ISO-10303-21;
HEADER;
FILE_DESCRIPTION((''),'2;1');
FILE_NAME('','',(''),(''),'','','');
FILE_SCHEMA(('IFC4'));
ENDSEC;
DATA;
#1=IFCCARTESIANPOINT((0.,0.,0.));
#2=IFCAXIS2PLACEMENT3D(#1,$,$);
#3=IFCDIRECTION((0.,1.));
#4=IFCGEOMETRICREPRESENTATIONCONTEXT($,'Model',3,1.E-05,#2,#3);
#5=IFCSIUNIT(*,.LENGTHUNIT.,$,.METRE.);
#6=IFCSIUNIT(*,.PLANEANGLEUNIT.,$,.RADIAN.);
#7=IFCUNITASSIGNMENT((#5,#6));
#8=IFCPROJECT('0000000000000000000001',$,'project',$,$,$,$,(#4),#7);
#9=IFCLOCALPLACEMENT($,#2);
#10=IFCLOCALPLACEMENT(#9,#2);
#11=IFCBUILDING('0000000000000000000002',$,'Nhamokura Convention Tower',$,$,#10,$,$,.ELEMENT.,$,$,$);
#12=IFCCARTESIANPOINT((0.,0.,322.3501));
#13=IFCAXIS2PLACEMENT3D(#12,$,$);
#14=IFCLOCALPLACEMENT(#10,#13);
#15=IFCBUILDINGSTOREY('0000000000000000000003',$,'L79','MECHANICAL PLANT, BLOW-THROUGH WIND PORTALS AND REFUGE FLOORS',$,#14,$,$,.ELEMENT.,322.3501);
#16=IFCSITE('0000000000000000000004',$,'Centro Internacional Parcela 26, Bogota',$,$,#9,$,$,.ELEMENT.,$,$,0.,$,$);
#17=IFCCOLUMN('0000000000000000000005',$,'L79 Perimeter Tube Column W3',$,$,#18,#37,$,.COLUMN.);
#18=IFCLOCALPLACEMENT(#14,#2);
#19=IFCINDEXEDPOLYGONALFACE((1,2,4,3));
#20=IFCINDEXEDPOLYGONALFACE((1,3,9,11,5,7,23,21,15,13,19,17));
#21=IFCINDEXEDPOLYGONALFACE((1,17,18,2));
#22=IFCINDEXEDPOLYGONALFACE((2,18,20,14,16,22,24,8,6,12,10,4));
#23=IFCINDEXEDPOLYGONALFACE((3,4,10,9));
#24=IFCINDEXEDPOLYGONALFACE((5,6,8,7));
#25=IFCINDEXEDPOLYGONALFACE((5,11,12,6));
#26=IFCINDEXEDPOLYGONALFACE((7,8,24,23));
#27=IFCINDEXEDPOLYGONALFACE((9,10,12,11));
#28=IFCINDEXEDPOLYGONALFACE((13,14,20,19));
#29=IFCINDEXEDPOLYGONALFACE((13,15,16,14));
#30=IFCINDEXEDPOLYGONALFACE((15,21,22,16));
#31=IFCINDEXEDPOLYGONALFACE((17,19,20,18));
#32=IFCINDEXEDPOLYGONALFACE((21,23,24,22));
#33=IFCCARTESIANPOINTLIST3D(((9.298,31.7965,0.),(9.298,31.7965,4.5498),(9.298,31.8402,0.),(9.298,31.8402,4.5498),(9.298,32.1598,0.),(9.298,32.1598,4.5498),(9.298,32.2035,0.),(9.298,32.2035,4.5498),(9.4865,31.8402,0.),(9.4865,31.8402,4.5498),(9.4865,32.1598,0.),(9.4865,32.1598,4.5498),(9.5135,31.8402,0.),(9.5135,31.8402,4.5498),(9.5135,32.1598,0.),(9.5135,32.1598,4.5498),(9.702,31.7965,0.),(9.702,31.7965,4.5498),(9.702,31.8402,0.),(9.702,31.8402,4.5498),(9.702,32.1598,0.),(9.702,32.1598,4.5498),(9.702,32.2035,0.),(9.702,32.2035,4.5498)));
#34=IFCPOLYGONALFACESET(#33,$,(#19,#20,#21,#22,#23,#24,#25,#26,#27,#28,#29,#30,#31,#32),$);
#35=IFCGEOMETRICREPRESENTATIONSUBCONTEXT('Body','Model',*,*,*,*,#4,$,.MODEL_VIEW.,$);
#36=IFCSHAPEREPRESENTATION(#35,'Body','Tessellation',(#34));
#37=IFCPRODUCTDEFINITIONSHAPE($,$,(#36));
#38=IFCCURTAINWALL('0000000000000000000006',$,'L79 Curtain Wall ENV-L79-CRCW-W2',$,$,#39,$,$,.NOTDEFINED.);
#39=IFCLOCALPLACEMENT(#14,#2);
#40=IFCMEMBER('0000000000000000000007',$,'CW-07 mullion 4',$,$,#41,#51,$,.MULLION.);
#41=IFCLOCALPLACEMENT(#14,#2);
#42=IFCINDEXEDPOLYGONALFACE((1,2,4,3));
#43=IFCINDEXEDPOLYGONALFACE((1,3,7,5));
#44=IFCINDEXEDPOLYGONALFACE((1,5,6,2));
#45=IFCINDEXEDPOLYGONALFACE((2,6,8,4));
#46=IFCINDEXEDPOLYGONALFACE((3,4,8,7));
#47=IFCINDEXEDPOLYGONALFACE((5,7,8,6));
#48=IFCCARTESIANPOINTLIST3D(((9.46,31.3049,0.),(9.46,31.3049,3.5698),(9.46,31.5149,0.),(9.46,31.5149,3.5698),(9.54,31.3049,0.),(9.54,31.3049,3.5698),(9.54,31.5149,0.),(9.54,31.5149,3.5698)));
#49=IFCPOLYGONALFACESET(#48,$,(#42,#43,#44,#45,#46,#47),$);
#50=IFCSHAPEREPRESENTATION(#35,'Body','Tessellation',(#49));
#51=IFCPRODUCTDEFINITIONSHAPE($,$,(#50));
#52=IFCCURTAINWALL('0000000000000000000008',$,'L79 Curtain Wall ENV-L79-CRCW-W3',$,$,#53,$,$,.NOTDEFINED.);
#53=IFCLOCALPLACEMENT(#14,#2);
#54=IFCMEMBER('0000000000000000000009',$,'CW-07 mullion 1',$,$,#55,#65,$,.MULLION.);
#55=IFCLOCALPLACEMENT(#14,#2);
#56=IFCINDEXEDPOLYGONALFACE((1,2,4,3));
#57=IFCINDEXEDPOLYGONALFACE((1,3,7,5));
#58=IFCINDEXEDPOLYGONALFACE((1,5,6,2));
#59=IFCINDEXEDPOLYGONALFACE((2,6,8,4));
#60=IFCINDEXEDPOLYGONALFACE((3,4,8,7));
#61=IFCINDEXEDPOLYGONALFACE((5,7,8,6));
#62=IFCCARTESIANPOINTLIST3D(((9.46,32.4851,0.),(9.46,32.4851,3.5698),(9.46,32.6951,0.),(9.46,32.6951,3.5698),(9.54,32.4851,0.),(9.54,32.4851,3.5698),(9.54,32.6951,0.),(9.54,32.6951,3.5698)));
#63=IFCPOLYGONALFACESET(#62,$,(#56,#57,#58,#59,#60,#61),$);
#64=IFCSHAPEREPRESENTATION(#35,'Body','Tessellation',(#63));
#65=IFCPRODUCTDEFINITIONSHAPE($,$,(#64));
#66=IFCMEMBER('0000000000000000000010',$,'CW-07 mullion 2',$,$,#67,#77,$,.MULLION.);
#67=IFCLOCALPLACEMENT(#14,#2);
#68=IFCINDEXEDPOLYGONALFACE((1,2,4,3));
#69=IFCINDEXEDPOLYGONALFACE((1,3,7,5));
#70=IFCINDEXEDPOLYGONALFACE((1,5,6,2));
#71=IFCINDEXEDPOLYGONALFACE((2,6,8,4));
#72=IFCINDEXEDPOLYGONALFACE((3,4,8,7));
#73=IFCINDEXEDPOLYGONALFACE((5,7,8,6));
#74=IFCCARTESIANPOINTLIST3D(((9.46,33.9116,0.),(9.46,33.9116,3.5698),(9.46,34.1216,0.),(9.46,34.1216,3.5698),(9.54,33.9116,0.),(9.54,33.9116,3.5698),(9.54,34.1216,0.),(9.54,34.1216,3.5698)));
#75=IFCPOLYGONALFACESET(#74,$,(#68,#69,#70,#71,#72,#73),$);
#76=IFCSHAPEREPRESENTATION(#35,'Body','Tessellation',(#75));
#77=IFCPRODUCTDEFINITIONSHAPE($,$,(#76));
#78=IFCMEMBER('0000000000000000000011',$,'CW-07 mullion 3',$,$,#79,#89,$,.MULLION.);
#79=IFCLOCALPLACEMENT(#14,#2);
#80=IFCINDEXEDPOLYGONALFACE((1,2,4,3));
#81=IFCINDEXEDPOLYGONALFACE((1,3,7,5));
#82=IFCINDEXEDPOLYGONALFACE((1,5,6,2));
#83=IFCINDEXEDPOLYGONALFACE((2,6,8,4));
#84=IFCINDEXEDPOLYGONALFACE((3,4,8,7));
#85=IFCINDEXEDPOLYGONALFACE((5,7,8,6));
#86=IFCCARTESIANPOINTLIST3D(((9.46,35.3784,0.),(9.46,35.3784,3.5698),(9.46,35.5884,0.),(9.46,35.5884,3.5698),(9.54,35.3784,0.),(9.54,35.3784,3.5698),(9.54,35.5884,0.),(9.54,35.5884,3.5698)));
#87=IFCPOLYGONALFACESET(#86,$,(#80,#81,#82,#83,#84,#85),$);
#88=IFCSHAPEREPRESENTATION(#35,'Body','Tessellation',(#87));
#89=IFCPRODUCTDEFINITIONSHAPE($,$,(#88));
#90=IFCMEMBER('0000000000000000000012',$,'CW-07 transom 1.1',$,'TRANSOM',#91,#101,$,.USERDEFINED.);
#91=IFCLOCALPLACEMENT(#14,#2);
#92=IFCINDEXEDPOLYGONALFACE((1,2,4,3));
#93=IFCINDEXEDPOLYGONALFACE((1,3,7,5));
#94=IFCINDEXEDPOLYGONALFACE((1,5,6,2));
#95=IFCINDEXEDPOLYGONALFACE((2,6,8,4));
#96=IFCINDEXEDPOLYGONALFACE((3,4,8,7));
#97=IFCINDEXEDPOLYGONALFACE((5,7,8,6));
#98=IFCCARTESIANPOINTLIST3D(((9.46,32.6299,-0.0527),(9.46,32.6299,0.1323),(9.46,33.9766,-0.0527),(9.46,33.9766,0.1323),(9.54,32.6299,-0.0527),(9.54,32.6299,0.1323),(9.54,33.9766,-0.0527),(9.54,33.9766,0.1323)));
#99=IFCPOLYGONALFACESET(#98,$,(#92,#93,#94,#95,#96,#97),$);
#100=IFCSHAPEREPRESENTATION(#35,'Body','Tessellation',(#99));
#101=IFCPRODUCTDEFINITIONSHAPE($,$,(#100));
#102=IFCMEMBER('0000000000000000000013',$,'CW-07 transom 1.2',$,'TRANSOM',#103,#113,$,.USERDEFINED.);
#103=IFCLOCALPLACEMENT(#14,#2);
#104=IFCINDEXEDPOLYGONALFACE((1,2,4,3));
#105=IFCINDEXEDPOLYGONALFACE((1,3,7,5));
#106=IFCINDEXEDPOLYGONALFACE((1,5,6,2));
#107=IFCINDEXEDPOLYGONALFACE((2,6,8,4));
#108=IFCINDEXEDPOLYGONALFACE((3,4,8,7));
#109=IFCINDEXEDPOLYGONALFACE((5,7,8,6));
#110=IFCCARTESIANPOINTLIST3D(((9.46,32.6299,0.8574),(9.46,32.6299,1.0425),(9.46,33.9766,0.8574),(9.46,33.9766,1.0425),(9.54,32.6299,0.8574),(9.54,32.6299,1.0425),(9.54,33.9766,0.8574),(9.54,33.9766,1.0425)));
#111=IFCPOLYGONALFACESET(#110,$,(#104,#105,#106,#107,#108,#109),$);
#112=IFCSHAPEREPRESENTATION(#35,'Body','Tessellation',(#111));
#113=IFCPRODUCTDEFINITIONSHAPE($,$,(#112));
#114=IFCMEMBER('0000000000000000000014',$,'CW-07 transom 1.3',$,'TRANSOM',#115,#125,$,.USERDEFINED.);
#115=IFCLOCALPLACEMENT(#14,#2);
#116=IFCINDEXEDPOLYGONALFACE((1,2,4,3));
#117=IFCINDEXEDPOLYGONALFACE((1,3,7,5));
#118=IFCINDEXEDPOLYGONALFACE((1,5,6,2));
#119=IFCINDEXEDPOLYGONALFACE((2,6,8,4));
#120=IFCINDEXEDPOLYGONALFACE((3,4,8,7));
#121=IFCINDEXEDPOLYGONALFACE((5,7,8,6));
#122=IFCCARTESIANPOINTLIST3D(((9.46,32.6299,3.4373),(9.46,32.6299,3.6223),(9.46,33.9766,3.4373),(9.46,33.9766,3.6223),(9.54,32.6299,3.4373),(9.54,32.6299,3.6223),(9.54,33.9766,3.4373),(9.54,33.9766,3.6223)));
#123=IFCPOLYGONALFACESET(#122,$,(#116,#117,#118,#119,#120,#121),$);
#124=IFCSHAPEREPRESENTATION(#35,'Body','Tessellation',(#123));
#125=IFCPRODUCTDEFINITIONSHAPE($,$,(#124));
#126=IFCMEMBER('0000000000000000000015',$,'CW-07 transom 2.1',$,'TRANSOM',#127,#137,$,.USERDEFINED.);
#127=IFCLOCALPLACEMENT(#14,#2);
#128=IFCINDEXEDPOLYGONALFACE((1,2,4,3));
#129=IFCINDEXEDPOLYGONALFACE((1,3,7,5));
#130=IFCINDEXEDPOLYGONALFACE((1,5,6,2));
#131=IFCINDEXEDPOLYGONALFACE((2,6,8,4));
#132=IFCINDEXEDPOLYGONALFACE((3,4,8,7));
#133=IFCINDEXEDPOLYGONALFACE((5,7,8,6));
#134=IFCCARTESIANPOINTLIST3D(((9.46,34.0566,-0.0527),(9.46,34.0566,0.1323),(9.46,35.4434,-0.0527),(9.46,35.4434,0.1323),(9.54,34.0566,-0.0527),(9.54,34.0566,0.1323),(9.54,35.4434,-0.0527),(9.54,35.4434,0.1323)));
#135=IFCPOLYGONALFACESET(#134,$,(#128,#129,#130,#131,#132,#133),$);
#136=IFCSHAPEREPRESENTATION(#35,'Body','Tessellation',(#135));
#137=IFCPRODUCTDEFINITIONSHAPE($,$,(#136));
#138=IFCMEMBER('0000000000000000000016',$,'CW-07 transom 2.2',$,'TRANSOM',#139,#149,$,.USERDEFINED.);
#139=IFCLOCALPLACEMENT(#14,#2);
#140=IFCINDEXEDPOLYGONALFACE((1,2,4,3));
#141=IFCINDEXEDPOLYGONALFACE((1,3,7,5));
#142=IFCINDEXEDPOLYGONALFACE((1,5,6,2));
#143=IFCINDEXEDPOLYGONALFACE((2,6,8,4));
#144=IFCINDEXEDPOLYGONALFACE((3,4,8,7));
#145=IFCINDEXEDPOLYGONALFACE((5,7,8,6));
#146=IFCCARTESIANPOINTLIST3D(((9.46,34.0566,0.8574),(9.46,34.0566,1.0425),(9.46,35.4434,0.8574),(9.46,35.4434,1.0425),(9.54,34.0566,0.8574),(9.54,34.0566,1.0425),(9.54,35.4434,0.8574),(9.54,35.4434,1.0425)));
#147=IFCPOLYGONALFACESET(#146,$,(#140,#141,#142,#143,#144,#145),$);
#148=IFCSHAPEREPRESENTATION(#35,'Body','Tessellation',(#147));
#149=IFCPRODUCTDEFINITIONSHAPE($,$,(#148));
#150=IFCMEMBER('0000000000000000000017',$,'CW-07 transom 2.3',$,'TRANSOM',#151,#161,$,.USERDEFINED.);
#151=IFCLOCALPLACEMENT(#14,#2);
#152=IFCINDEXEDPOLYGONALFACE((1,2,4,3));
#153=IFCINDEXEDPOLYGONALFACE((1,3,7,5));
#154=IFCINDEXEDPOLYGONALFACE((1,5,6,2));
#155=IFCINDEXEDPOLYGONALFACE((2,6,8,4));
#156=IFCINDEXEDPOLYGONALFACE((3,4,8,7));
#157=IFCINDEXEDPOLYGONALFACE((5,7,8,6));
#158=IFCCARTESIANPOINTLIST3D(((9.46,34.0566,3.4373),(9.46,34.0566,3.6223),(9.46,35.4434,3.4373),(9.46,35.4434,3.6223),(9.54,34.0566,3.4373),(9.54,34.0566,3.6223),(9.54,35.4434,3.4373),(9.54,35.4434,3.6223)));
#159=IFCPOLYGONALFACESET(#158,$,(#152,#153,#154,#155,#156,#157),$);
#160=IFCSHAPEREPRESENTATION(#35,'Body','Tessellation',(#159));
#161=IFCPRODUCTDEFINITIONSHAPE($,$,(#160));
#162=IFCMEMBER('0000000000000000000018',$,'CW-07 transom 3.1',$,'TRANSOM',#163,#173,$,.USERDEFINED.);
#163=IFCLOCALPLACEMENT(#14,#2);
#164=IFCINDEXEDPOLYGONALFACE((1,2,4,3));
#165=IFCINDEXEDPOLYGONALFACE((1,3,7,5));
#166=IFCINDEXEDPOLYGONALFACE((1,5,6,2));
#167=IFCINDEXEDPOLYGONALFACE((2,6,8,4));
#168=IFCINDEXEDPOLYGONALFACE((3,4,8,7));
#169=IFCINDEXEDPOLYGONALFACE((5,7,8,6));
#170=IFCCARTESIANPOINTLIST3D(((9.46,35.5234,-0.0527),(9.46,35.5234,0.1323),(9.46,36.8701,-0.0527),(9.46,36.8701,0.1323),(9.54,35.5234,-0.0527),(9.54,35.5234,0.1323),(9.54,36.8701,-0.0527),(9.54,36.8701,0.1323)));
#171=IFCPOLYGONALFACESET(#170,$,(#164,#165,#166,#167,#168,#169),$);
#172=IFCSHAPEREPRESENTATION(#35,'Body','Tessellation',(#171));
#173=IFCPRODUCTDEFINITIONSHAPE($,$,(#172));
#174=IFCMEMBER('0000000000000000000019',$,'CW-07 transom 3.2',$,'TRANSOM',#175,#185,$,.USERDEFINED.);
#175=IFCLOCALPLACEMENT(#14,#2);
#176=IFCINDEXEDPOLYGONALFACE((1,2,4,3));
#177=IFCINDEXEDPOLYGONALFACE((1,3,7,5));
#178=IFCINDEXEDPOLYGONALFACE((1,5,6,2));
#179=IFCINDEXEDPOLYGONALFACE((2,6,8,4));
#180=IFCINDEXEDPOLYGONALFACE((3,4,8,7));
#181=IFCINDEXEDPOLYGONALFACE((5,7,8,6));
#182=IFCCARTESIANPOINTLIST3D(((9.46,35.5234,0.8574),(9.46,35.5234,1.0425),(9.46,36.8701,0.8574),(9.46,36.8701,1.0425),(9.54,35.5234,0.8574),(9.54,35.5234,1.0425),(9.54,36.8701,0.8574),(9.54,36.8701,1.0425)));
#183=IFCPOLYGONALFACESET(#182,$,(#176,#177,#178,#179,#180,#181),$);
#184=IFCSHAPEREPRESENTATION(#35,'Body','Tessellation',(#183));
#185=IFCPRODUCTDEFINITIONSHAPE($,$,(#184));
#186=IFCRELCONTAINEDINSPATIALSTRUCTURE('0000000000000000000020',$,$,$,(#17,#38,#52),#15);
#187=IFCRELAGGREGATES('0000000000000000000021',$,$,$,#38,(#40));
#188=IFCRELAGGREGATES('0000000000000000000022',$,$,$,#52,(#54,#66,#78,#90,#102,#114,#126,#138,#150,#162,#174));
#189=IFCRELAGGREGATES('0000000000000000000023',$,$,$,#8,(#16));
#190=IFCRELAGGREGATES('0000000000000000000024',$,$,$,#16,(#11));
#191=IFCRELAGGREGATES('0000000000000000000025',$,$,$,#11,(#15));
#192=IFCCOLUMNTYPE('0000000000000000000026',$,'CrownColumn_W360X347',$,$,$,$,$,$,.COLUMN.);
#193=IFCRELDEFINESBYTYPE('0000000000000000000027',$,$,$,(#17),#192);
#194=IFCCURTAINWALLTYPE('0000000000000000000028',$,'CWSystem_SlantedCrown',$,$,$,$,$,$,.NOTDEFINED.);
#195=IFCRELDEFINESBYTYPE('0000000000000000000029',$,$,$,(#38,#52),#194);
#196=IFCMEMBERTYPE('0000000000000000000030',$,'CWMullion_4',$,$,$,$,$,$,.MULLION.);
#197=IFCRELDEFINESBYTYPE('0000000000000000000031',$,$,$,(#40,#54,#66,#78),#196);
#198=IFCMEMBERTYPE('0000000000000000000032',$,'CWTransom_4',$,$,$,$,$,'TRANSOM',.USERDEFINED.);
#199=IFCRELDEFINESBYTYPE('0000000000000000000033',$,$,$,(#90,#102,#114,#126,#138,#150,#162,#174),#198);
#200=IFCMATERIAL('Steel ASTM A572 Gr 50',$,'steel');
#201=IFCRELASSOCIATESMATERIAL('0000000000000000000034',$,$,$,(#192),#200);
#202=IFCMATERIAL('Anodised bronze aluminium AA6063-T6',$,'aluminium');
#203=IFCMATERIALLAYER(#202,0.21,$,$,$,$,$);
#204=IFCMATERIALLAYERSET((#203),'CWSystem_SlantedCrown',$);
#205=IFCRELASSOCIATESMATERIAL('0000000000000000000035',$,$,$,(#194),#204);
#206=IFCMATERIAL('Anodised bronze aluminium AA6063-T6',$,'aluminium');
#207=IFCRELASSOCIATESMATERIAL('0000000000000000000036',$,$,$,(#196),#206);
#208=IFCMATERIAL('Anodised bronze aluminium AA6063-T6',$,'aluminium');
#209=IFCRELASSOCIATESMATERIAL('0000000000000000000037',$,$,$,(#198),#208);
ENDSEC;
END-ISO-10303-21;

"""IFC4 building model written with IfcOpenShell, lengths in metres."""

from ifc_helpers import new_model, si_unit, direction, frame, origin, origin_2d, place, context, subcontext, project, spatial, rectangle, i_section, extrude, material, layer, layer_set, material_profile, profile_set, type_object, element, aggregate, save


model = new_model("IFC4")

# Units and contexts
model_context = context("Model", 3, precision=1e-05, world=origin(), true_north=direction((0.0, 1.0)))
body_context = subcontext(model_context, "Body", "Model", "MODEL_VIEW")
ifc_project = project(units=[si_unit("LENGTHUNIT", "METRE"), si_unit("PLANEANGLEUNIT", "RADIAN")], contexts=[model_context])

# Site, building, storey
site_placement = place(None, origin())
site = spatial("IfcSite", under=ifc_project, at=site_placement, Name="Centro Internacional Parcela 26, Bogota", CompositionType="ELEMENT", RefElevation=0.0)
building_placement = place(site_placement, origin())
building = spatial("IfcBuilding", under=site, at=building_placement, Name="Nhamokura Convention Tower", CompositionType="ELEMENT")
storey_placement = place(building_placement, frame((0.0, 0.0, 322.3501)))
storey = spatial("IfcBuildingStorey", under=building, at=storey_placement, Name="L79", Description="MECHANICAL PLANT, BLOW-THROUGH WIND PORTALS AND REFUGE FLOORS", CompositionType="ELEMENT", Elevation=322.3501)

# Column
ifc_material_1 = material(Name="Steel ASTM A572 Gr 50", Category="steel")
ifc_material_profile_1 = material_profile(ifc_material_1, i_section(OverallWidth=0.4041, OverallDepth=0.407, WebThickness=0.0271, FlangeThickness=0.0437, at=origin_2d()))
ifc_profile_set_1 = profile_set([ifc_material_profile_1], Name="Steel ASTM A572 Gr 50")
column_type = type_object("IfcColumnType", Name="CrownColumn_W360X347", PredefinedType="COLUMN", material=ifc_profile_set_1)
column_placement = place(storey_placement, frame((9.5, 32.0, 0.0), z_axis=(0.0, 0.0, 1.0), x_axis=(1.0, 0.0, 0.0)))
element("IfcColumn", 1, at=column_placement, inside=storey, type_object=column_type, Name="L79 Perimeter Tube Column W3", PredefinedType="COLUMN", context=body_context, shape_type="SweptSolid", body=[
    extrude(i_section(OverallWidth=0.4041, OverallDepth=0.407, WebThickness=0.0271, FlangeThickness=0.0437, at=origin_2d()), origin(), (0.0, 0.0, 1.0), 4.5498),
])

# Curtain wall, member
ifc_material_2 = material(Name="Anodised bronze aluminium AA6063-T6", Category="aluminium")
ifc_layer_1 = layer(ifc_material_2, 0.21)
ifc_layer_set_1 = layer_set([ifc_layer_1], Name="CWSystem_SlantedCrown")
curtain_wall_type = type_object("IfcCurtainWallType", Name="CWSystem_SlantedCrown", PredefinedType="NOTDEFINED", material=ifc_layer_set_1)
curtain_wall_1_placement = place(storey_placement, origin())
curtain_wall_1 = element("IfcCurtainWall", 2, at=curtain_wall_1_placement, inside=storey, type_object=curtain_wall_type, Name="L79 Curtain Wall ENV-L79-CRCW-W2", PredefinedType="NOTDEFINED")
ifc_material_3 = material(Name="Anodised bronze aluminium AA6063-T6", Category="aluminium")
ifc_material_profile_2 = material_profile(ifc_material_3, rectangle(XDim=0.0801, YDim=0.21, at=origin_2d()))
ifc_profile_set_2 = profile_set([ifc_material_profile_2], Name="Anodised bronze aluminium AA6063-T6")
member_type_1 = type_object("IfcMemberType", Name="CWMullion_4", PredefinedType="MULLION", material=ifc_profile_set_2)
member_1_placement = place(storey_placement, frame((9.5, 31.4099, 0.0), z_axis=(0.0, 0.0, 1.0), x_axis=(-1.0, 0.0, 0.0)))
member_1 = element("IfcMember", 3, at=member_1_placement, type_object=member_type_1, Name="CW-07 mullion 4", PredefinedType="MULLION", context=body_context, shape_type="SweptSolid", body=[
    extrude(rectangle(XDim=0.0801, YDim=0.21, at=origin_2d()), origin(), (0.0, 0.0, 1.0), 3.5698),
])

# Curtain wall, members
curtain_wall_2_placement = place(storey_placement, origin())
curtain_wall_2 = element("IfcCurtainWall", 4, at=curtain_wall_2_placement, inside=storey, type_object=curtain_wall_type, Name="L79 Curtain Wall ENV-L79-CRCW-W3", PredefinedType="NOTDEFINED")
member_2_placement = place(storey_placement, frame((9.5, 32.5901, 0.0), z_axis=(0.0, 0.0, 1.0), x_axis=(-1.0, 0.0, 0.0)))
member_2 = element("IfcMember", 5, at=member_2_placement, type_object=member_type_1, Name="CW-07 mullion 1", PredefinedType="MULLION", context=body_context, shape_type="SweptSolid", body=[
    extrude(rectangle(XDim=0.0801, YDim=0.21, at=origin_2d()), origin(), (0.0, 0.0, 1.0), 3.5698),
])
member_3_placement = place(storey_placement, frame((9.5, 34.0166, 0.0), z_axis=(0.0, 0.0, 1.0), x_axis=(-1.0, 0.0, 0.0)))
member_3 = element("IfcMember", 6, at=member_3_placement, type_object=member_type_1, Name="CW-07 mullion 2", PredefinedType="MULLION", context=body_context, shape_type="SweptSolid", body=[
    extrude(rectangle(XDim=0.0801, YDim=0.21, at=origin_2d()), origin(), (0.0, 0.0, 1.0), 3.5698),
])
member_4_placement = place(storey_placement, frame((9.5, 35.4834, 0.0), z_axis=(0.0, 0.0, 1.0), x_axis=(-1.0, 0.0, 0.0)))
member_4 = element("IfcMember", 7, at=member_4_placement, type_object=member_type_1, Name="CW-07 mullion 3", PredefinedType="MULLION", context=body_context, shape_type="SweptSolid", body=[
    extrude(rectangle(XDim=0.0801, YDim=0.21, at=origin_2d()), origin(), (0.0, 0.0, 1.0), 3.5698),
])
ifc_material_4 = material(Name="Anodised bronze aluminium AA6063-T6", Category="aluminium")
ifc_material_profile_3 = material_profile(ifc_material_4, rectangle(XDim=0.0801, YDim=0.1851, at=origin_2d()))
ifc_profile_set_3 = profile_set([ifc_material_profile_3], Name="Anodised bronze aluminium AA6063-T6")
member_type_2 = type_object("IfcMemberType", Name="CWTransom_4", ElementType="TRANSOM", PredefinedType="USERDEFINED", material=ifc_profile_set_3)
member_5_placement = place(storey_placement, frame((9.5, 32.6299, 0.0398), z_axis=(0.0, 1.0, 0.0), x_axis=(-1.0, 0.0, 0.0)))
member_5 = element("IfcMember", 8, at=member_5_placement, type_object=member_type_2, Name="CW-07 transom 1.1", ObjectType="TRANSOM", PredefinedType="USERDEFINED", context=body_context, shape_type="SweptSolid", body=[
    extrude(rectangle(XDim=0.0801, YDim=0.1851, at=origin_2d()), origin(), (0.0, 0.0, 1.0), 1.3467),
])
member_6_placement = place(storey_placement, frame((9.5, 32.6299, 0.95), z_axis=(0.0, 1.0, 0.0), x_axis=(-1.0, 0.0, 0.0)))
member_6 = element("IfcMember", 9, at=member_6_placement, type_object=member_type_2, Name="CW-07 transom 1.2", ObjectType="TRANSOM", PredefinedType="USERDEFINED", context=body_context, shape_type="SweptSolid", body=[
    extrude(rectangle(XDim=0.0801, YDim=0.1851, at=origin_2d()), origin(), (0.0, 0.0, 1.0), 1.3467),
])
member_7_placement = place(storey_placement, frame((9.5, 32.6299, 3.5298), z_axis=(0.0, 1.0, 0.0), x_axis=(-1.0, 0.0, 0.0)))
member_7 = element("IfcMember", 10, at=member_7_placement, type_object=member_type_2, Name="CW-07 transom 1.3", ObjectType="TRANSOM", PredefinedType="USERDEFINED", context=body_context, shape_type="SweptSolid", body=[
    extrude(rectangle(XDim=0.0801, YDim=0.1851, at=origin_2d()), origin(), (0.0, 0.0, 1.0), 1.3467),
])
member_8_placement = place(storey_placement, frame((9.5, 34.0566, 0.0398), z_axis=(0.0, 1.0, 0.0), x_axis=(-1.0, 0.0, 0.0)))
member_8 = element("IfcMember", 11, at=member_8_placement, type_object=member_type_2, Name="CW-07 transom 2.1", ObjectType="TRANSOM", PredefinedType="USERDEFINED", context=body_context, shape_type="SweptSolid", body=[
    extrude(rectangle(XDim=0.0801, YDim=0.1851, at=origin_2d()), origin(), (0.0, 0.0, 1.0), 1.3867),
])
member_9_placement = place(storey_placement, frame((9.5, 34.0566, 0.95), z_axis=(0.0, 1.0, 0.0), x_axis=(-1.0, 0.0, 0.0)))
member_9 = element("IfcMember", 12, at=member_9_placement, type_object=member_type_2, Name="CW-07 transom 2.2", ObjectType="TRANSOM", PredefinedType="USERDEFINED", context=body_context, shape_type="SweptSolid", body=[
    extrude(rectangle(XDim=0.0801, YDim=0.1851, at=origin_2d()), origin(), (0.0, 0.0, 1.0), 1.3867),
])
member_10_placement = place(storey_placement, frame((9.5, 34.0566, 3.5298), z_axis=(0.0, 1.0, 0.0), x_axis=(-1.0, 0.0, 0.0)))
member_10 = element("IfcMember", 13, at=member_10_placement, type_object=member_type_2, Name="CW-07 transom 2.3", ObjectType="TRANSOM", PredefinedType="USERDEFINED", context=body_context, shape_type="SweptSolid", body=[
    extrude(rectangle(XDim=0.0801, YDim=0.1851, at=origin_2d()), origin(), (0.0, 0.0, 1.0), 1.3867),
])
member_11_placement = place(storey_placement, frame((9.5, 35.5234, 0.0398), z_axis=(0.0, 1.0, 0.0), x_axis=(-1.0, 0.0, 0.0)))
member_11 = element("IfcMember", 14, at=member_11_placement, type_object=member_type_2, Name="CW-07 transom 3.1", ObjectType="TRANSOM", PredefinedType="USERDEFINED", context=body_context, shape_type="SweptSolid", body=[
    extrude(rectangle(XDim=0.0801, YDim=0.1851, at=origin_2d()), origin(), (0.0, 0.0, 1.0), 1.3467),
])
member_12_placement = place(storey_placement, frame((9.5, 35.5234, 0.95), z_axis=(0.0, 1.0, 0.0), x_axis=(-1.0, 0.0, 0.0)))
member_12 = element("IfcMember", 15, at=member_12_placement, type_object=member_type_2, Name="CW-07 transom 3.2", ObjectType="TRANSOM", PredefinedType="USERDEFINED", context=body_context, shape_type="SweptSolid", body=[
    extrude(rectangle(XDim=0.0801, YDim=0.1851, at=origin_2d()), origin(), (0.0, 0.0, 1.0), 1.3467),
])

aggregate(curtain_wall_1, [member_1])
aggregate(curtain_wall_2, [member_2, member_3, member_4, member_5, member_6, member_7, member_8, member_9, member_10, member_11, member_12])

save(model, "model.ifc")
